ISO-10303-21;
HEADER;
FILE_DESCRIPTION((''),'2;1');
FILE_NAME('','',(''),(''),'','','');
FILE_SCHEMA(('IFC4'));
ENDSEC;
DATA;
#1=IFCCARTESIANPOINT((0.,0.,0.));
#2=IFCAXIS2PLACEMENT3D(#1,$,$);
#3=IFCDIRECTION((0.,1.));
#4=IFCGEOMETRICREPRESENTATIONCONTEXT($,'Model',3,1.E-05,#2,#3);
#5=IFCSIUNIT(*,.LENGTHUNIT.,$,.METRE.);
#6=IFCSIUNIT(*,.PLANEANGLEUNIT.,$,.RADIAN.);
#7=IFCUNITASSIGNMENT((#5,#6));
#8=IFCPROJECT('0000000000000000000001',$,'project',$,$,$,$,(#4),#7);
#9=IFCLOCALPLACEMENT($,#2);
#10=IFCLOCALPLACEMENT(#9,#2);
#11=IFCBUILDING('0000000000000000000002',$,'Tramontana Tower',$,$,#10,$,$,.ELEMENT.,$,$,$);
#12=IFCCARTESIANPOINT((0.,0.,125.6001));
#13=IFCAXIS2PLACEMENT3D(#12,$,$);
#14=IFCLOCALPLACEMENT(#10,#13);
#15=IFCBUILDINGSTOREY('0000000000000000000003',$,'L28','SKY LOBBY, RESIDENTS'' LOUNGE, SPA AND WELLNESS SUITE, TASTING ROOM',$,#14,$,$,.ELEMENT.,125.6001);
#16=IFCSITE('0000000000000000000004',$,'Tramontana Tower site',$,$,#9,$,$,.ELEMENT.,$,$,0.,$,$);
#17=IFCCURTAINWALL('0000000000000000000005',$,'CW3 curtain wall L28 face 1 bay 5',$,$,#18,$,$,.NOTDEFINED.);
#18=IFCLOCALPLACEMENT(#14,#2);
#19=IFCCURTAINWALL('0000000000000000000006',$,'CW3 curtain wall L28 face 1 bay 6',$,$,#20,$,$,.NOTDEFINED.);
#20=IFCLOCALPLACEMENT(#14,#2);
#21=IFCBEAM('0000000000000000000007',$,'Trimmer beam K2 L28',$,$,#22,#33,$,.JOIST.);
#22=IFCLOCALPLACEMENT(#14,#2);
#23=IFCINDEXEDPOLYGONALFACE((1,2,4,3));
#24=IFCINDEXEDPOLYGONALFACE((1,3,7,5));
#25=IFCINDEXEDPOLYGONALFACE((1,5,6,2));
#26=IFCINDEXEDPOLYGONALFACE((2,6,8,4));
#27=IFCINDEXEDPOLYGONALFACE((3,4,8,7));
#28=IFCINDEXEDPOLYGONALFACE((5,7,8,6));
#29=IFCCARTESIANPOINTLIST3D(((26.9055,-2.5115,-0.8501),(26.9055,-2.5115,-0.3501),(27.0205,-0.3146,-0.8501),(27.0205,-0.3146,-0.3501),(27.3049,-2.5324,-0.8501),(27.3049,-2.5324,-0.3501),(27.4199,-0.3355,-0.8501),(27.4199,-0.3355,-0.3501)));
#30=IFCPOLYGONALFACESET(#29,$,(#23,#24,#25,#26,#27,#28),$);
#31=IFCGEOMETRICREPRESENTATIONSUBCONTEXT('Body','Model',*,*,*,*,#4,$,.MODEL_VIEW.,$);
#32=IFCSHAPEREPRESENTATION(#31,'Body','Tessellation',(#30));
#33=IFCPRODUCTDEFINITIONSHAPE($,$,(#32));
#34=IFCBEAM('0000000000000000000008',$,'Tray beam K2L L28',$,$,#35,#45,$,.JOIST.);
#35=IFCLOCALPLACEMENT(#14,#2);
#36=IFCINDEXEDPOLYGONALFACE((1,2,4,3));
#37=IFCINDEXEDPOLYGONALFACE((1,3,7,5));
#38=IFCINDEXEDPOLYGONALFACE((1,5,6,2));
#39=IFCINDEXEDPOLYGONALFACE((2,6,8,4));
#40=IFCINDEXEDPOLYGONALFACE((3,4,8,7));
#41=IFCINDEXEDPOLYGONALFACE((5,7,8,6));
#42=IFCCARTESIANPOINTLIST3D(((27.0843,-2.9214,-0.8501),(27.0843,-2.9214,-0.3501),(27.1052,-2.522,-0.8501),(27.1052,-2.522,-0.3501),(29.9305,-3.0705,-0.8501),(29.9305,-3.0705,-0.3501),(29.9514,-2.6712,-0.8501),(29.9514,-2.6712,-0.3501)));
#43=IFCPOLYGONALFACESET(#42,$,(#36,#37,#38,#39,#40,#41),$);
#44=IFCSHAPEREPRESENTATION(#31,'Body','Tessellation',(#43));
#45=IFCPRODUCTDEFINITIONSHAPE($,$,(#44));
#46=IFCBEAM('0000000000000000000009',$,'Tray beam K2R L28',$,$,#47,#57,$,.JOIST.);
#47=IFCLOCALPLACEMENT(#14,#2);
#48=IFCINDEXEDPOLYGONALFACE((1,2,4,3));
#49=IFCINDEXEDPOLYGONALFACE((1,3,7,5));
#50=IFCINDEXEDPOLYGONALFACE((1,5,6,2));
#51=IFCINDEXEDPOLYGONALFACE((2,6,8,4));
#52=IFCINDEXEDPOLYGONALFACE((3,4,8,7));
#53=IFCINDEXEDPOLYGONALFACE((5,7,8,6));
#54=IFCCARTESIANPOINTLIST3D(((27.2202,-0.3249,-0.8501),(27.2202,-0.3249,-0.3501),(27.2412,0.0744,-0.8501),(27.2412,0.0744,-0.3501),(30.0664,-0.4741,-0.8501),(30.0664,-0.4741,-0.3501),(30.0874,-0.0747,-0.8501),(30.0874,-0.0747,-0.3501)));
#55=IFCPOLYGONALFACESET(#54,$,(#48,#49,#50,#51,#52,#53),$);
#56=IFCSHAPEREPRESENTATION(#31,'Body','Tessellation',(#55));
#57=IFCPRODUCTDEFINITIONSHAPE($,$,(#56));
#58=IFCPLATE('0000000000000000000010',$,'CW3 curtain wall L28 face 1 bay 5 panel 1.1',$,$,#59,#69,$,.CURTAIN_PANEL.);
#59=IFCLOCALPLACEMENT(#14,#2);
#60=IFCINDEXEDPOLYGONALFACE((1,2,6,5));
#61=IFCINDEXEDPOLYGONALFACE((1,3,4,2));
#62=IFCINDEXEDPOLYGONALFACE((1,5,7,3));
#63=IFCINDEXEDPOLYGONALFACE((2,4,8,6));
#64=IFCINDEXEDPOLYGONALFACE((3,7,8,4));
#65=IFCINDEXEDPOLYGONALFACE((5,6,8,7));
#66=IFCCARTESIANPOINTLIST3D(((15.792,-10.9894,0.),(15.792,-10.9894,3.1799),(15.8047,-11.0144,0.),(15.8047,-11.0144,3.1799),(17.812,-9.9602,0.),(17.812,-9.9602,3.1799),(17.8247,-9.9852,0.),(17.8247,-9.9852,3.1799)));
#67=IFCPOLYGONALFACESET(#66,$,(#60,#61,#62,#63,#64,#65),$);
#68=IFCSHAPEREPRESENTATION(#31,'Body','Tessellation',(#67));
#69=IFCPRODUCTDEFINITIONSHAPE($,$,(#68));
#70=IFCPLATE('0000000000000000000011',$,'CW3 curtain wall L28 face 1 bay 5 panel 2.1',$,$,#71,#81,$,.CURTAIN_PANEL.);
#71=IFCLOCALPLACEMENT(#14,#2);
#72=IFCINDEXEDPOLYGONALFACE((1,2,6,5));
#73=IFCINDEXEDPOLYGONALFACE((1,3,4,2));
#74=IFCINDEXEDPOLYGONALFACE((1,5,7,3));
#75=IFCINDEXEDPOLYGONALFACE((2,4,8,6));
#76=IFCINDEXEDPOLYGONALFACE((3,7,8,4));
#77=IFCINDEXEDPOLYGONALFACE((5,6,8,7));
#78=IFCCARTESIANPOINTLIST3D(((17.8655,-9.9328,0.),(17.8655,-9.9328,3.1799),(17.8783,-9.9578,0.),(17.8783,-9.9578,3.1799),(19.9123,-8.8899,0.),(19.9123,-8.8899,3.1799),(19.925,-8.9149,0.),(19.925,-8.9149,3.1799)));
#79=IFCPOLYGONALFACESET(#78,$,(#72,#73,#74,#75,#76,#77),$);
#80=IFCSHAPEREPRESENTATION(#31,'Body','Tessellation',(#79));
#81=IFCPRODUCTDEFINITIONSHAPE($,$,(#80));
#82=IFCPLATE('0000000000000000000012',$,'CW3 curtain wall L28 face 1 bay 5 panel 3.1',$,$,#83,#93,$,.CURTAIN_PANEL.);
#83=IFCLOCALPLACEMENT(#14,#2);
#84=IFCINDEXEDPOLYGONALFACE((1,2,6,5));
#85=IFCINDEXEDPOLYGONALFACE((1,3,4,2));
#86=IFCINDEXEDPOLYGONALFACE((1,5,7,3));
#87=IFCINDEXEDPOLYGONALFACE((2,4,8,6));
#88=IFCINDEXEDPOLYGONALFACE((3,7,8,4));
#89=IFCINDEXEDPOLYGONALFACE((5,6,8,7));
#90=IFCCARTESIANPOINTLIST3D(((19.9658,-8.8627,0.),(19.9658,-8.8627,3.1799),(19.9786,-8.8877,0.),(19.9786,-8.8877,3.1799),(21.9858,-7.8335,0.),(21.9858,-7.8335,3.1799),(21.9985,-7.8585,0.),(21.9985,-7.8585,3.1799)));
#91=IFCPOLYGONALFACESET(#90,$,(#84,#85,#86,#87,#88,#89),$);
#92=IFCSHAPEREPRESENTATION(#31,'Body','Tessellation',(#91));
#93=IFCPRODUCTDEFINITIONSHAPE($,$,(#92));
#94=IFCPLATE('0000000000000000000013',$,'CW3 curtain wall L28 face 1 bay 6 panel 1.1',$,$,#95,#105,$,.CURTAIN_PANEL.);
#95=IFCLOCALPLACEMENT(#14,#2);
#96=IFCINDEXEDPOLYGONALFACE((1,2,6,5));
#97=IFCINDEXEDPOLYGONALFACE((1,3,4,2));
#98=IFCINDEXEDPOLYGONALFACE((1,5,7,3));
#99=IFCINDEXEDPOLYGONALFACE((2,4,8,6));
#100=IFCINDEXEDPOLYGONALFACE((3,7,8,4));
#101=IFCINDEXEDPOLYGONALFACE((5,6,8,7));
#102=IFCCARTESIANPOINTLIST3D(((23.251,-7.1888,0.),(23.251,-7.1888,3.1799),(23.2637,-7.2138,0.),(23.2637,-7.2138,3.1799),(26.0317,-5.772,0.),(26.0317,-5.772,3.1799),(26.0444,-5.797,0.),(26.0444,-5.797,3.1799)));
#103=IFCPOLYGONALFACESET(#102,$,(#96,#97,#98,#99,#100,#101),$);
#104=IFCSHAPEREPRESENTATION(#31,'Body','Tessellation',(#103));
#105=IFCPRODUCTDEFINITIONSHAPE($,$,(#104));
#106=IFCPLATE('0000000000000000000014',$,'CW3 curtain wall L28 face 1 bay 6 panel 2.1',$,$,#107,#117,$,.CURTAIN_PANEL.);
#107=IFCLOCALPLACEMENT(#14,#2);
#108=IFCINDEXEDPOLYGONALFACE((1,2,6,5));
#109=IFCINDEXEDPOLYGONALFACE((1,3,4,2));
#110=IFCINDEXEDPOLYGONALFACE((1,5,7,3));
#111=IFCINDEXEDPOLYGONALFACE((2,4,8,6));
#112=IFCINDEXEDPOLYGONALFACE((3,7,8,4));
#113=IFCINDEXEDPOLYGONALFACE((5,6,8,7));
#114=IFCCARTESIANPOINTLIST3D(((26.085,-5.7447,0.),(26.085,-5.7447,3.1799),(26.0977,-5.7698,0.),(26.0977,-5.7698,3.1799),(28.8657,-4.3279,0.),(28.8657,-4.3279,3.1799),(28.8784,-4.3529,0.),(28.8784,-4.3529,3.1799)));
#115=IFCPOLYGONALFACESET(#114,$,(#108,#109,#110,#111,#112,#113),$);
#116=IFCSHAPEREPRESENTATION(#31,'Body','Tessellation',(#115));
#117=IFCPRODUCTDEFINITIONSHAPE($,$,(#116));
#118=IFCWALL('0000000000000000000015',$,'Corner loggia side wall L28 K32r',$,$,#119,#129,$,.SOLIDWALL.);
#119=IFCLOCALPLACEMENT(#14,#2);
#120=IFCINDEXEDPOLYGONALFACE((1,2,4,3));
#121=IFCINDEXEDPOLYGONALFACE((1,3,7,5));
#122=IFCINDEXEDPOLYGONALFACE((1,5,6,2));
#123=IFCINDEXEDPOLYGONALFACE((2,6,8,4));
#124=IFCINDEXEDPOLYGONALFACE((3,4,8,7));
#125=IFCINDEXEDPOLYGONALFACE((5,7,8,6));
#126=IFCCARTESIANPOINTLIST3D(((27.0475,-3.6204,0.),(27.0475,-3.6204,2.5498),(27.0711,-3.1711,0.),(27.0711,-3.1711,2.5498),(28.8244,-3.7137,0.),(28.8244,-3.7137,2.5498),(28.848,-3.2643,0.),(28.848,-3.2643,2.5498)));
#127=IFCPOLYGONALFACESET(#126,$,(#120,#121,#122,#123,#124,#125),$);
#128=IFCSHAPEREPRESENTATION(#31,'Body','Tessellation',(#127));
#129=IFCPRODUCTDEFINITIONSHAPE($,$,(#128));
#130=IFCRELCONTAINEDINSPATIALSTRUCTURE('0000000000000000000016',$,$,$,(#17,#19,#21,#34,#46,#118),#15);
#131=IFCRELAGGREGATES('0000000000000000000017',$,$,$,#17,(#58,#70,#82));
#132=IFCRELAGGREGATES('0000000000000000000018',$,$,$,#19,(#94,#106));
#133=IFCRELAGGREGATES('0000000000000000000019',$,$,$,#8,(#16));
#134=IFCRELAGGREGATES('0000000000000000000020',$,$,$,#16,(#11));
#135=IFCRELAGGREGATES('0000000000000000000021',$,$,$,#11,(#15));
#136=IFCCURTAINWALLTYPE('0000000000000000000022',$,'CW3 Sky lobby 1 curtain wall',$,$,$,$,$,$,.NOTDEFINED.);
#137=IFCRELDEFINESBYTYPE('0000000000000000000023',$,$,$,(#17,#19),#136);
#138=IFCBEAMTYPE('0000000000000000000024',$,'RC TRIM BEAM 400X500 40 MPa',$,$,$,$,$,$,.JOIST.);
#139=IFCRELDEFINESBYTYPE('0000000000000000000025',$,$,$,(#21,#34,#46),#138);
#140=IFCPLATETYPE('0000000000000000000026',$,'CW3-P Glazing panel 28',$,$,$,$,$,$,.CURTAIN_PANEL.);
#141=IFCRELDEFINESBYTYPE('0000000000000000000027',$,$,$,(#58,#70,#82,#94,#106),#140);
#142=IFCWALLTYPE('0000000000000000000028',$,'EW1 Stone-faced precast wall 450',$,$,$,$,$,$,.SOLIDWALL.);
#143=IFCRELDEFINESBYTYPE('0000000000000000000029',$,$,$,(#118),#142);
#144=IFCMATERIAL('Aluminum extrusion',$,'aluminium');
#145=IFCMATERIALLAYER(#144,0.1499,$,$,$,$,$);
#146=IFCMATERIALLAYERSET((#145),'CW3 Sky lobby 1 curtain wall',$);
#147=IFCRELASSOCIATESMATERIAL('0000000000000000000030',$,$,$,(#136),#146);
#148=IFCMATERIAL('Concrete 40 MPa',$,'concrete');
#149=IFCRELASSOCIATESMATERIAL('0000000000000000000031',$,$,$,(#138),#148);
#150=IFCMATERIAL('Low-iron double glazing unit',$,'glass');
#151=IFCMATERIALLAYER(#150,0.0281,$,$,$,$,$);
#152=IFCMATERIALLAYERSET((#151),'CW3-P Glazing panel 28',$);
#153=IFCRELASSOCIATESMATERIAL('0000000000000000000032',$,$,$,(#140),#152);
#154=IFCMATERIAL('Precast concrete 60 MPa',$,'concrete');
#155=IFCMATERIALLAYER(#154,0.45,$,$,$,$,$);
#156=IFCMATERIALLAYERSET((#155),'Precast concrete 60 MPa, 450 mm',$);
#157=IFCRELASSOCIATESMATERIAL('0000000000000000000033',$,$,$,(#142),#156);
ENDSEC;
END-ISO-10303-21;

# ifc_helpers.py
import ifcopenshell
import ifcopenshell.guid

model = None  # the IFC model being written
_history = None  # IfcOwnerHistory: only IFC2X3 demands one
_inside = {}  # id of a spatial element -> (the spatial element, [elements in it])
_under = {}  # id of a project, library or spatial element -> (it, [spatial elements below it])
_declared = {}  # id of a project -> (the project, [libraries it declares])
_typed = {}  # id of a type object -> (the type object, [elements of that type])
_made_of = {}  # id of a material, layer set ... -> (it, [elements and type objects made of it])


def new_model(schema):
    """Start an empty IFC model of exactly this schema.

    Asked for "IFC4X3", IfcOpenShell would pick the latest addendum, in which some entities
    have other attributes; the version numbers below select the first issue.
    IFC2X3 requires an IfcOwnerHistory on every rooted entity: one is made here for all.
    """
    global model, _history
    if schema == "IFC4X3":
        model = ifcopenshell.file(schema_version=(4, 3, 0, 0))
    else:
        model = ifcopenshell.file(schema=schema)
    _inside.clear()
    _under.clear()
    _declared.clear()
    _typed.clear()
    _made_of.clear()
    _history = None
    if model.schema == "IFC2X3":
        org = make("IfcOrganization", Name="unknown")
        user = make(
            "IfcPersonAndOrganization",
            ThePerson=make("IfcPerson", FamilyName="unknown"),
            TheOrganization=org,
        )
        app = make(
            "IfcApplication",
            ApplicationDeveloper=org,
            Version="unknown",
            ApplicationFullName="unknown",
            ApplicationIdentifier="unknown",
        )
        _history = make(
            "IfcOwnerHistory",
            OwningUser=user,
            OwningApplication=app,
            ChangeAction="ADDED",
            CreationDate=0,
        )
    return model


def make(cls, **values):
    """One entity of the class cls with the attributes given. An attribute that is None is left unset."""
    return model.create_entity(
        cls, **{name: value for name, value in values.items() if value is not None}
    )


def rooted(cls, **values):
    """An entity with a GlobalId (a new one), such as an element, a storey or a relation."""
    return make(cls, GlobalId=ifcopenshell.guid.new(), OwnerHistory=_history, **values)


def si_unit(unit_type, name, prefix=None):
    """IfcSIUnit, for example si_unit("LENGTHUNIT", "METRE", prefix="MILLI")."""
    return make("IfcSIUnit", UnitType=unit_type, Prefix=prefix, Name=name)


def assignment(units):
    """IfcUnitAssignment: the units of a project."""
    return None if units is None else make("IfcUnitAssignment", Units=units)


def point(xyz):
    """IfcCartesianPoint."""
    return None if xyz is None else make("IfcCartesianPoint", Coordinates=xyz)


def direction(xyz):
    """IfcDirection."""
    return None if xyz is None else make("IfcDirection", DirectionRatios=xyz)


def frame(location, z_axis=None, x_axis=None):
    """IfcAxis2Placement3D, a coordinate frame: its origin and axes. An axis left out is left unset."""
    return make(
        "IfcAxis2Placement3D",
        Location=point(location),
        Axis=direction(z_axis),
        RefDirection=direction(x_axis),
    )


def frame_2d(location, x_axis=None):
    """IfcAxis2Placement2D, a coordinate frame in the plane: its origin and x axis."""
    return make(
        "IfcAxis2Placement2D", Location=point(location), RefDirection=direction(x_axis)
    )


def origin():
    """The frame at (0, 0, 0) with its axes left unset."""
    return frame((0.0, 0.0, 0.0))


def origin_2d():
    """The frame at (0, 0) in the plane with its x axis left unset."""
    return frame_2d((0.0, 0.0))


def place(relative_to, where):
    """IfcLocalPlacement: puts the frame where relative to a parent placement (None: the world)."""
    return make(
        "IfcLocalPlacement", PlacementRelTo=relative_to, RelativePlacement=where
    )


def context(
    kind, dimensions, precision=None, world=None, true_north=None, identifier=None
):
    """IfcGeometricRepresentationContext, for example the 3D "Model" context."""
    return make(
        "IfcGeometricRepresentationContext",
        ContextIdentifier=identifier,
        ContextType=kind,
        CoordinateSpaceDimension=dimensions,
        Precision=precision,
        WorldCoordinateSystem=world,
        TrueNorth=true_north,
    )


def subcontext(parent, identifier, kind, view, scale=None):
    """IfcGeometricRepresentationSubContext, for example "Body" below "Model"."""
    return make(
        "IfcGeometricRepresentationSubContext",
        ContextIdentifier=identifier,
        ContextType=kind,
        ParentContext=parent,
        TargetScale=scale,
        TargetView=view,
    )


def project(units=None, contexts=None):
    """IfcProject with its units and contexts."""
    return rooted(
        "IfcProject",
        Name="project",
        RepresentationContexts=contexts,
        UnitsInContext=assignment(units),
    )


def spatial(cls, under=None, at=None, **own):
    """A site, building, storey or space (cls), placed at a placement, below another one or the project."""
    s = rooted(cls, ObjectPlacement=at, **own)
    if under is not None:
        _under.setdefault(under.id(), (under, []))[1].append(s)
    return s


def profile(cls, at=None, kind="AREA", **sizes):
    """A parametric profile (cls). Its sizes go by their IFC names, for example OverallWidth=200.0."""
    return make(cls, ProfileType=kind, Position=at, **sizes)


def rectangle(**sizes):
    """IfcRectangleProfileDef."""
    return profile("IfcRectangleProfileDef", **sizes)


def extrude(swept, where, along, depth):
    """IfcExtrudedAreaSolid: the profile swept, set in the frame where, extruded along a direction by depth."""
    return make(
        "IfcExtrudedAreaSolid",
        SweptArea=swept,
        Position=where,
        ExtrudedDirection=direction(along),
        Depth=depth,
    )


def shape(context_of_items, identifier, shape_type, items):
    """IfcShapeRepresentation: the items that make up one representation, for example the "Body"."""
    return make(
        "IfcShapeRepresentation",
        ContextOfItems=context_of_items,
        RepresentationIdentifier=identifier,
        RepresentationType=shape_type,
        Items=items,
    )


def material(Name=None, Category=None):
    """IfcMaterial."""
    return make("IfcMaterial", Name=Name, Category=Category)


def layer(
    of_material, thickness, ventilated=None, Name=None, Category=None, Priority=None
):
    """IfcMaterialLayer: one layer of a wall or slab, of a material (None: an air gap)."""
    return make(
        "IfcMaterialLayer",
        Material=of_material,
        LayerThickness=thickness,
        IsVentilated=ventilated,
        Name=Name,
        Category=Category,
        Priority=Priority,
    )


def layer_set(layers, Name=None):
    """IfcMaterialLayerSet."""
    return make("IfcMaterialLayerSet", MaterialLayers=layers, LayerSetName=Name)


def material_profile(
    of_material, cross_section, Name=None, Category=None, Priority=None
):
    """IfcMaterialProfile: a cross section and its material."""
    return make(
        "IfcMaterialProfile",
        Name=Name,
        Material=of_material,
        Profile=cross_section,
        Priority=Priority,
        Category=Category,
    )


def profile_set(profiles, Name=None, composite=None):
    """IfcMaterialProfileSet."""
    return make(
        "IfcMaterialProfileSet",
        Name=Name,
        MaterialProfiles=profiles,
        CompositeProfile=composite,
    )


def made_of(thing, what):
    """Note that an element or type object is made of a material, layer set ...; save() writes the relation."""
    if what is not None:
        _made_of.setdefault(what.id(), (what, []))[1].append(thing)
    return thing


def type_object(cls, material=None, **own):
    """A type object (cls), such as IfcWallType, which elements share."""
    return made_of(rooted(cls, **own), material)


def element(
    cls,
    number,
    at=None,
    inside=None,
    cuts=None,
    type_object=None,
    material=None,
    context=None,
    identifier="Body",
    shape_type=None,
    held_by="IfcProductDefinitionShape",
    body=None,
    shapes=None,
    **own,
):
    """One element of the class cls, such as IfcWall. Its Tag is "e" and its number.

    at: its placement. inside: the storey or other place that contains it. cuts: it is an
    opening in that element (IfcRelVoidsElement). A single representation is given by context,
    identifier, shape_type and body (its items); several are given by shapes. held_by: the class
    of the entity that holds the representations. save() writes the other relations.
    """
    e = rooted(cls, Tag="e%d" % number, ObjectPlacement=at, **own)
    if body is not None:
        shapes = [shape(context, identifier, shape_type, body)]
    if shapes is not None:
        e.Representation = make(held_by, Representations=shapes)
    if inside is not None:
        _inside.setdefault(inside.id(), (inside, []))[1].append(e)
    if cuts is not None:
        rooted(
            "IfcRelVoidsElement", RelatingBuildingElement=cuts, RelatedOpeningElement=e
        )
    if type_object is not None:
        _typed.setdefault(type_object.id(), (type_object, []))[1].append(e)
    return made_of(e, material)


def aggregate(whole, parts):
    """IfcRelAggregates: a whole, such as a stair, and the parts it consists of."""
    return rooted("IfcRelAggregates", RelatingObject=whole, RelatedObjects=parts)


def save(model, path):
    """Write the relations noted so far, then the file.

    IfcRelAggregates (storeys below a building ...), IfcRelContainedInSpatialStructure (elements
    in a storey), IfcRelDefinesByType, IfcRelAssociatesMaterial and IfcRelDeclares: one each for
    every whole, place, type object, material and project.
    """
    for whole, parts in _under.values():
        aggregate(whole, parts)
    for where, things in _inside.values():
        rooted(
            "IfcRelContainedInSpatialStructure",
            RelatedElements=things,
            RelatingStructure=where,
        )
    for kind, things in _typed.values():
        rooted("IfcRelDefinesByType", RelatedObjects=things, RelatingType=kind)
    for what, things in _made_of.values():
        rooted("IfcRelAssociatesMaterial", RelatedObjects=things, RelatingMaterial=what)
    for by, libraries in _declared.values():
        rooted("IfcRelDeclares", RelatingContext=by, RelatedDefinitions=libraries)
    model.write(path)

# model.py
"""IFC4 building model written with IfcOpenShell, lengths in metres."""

from ifc_helpers import new_model, si_unit, direction, frame, frame_2d, origin, origin_2d, place, context, subcontext, project, spatial, rectangle, extrude, material, layer, layer_set, material_profile, profile_set, type_object, element, aggregate, save


model = new_model("IFC4")

# Units and contexts
model_context = context("Model", 3, precision=1e-05, world=origin(), true_north=direction((0.0, 1.0)))
body_context = subcontext(model_context, "Body", "Model", "MODEL_VIEW")
ifc_project = project(units=[si_unit("LENGTHUNIT", "METRE"), si_unit("PLANEANGLEUNIT", "RADIAN")], contexts=[model_context])

# Site, building, storey
site_placement = place(None, origin())
site = spatial("IfcSite", under=ifc_project, at=site_placement, Name="Tramontana Tower site", CompositionType="ELEMENT", RefElevation=0.0)
building_placement = place(site_placement, origin())
building = spatial("IfcBuilding", under=site, at=building_placement, Name="Tramontana Tower", CompositionType="ELEMENT")
storey_placement = place(building_placement, frame((0.0, 0.0, 125.6001)))
storey = spatial("IfcBuildingStorey", under=building, at=storey_placement, Name="L28", Description="SKY LOBBY, RESIDENTS' LOUNGE, SPA AND WELLNESS SUITE, TASTING ROOM", CompositionType="ELEMENT", Elevation=125.6001)

# Curtain walls
ifc_material_1 = material(Name="Aluminum extrusion", Category="aluminium")
ifc_layer_1 = layer(ifc_material_1, 0.1499)
ifc_layer_set_1 = layer_set([ifc_layer_1], Name="CW3 Sky lobby 1 curtain wall")
curtain_wall_type = type_object("IfcCurtainWallType", Name="CW3 Sky lobby 1 curtain wall", PredefinedType="NOTDEFINED", material=ifc_layer_set_1)
curtain_wall_1_placement = place(storey_placement, origin())
curtain_wall_1 = element("IfcCurtainWall", 1, at=curtain_wall_1_placement, inside=storey, type_object=curtain_wall_type, Name="CW3 curtain wall L28 face 1 bay 5", PredefinedType="NOTDEFINED")
curtain_wall_2_placement = place(storey_placement, origin())
curtain_wall_2 = element("IfcCurtainWall", 2, at=curtain_wall_2_placement, inside=storey, type_object=curtain_wall_type, Name="CW3 curtain wall L28 face 1 bay 6", PredefinedType="NOTDEFINED")

# Beams
ifc_material_2 = material(Name="Concrete 40 MPa", Category="concrete")
ifc_material_profile_1 = material_profile(ifc_material_2, rectangle(XDim=0.3999, YDim=0.5, at=origin_2d()), Name="RC TRIM BEAM 400X500 40 MPa")
ifc_profile_set_1 = profile_set([ifc_material_profile_1], Name="Concrete 40 MPa")
beam_type_1 = type_object("IfcBeamType", Name="RC TRIM BEAM 400X500 40 MPa", PredefinedType="JOIST", material=ifc_profile_set_1)
beam_1_placement = place(storey_placement, frame((27.1052, -2.522, -0.6001), z_axis=(0.052268, 0.998633, 0.0), x_axis=(-0.998633, 0.052268, 0.0)))
element("IfcBeam", 3, at=beam_1_placement, inside=storey, type_object=beam_type_1, Name="Trimmer beam K2 L28", PredefinedType="JOIST", context=body_context, shape_type="SweptSolid", body=[
    extrude(rectangle(XDim=0.3999, YDim=0.5, at=origin_2d()), origin(), (0.0, 0.0, 1.0), 2.2),
])
for number, where, z_axis, x_axis, name in (
    (4, (29.9409, -2.8708, -0.6001), (-0.998629, 0.052339, 0.0), (-0.052339, -0.998629, 0.0), "Tray beam K2L L28"),
    (5, (30.0769, -0.2744, -0.6001), (-0.998629, 0.052339, 0.0), (-0.052339, -0.998629, 0.0), "Tray beam K2R L28"),
):
    element("IfcBeam", number, at=place(storey_placement, frame(where, z_axis=z_axis, x_axis=x_axis)), inside=storey, type_object=beam_type_1, Name=name, PredefinedType="JOIST", context=body_context, shape_type="SweptSolid", body=[
        extrude(rectangle(XDim=0.3999, YDim=0.5, at=origin_2d()), origin(), (0.0, 0.0, 1.0), 2.8501),
    ])

# Plates
ifc_material_3 = material(Name="Low-iron double glazing unit", Category="glass")
ifc_layer_2 = layer(ifc_material_3, 0.0281)
ifc_layer_set_2 = layer_set([ifc_layer_2], Name="CW3-P Glazing panel 28")
plate_type = type_object("IfcPlateType", Name="CW3-P Glazing panel 28", PredefinedType="CURTAIN_PANEL", material=ifc_layer_set_2)
plate_1_placement = place(storey_placement, frame((16.8083, -10.4873, 0.0), z_axis=(0.0, 0.0, 1.0), x_axis=(0.891007, 0.45399, 0.0)))
plate_1 = element("IfcPlate", 6, at=plate_1_placement, type_object=plate_type, Name="CW3 curtain wall L28 face 1 bay 5 panel 1.1", PredefinedType="CURTAIN_PANEL", context=body_context, shape_type="SweptSolid", body=[
    extrude(rectangle(XDim=2.2671, YDim=0.0281, at=origin_2d()), origin(), (0.0, 0.0, 1.0), 3.1799),
])
plate_2_placement = place(storey_placement, frame((18.8953, -9.4238, 0.0), z_axis=(0.0, 0.0, 1.0), x_axis=(0.891007, 0.45399, 0.0)))
plate_2 = element("IfcPlate", 7, at=plate_2_placement, type_object=plate_type, Name="CW3 curtain wall L28 face 1 bay 5 panel 2.1", PredefinedType="CURTAIN_PANEL", context=body_context, shape_type="SweptSolid", body=[
    extrude(rectangle(XDim=2.2971, YDim=0.0281, at=origin_2d()), origin(), (0.0, 0.0, 1.0), 3.1799),
])
plate_3_placement = place(storey_placement, frame((20.9822, -8.3606, 0.0), z_axis=(0.0, 0.0, 1.0), x_axis=(0.891007, 0.45399, 0.0)))
plate_3 = element("IfcPlate", 8, at=plate_3_placement, type_object=plate_type, Name="CW3 curtain wall L28 face 1 bay 5 panel 3.1", PredefinedType="CURTAIN_PANEL", context=body_context, shape_type="SweptSolid", body=[
    extrude(rectangle(XDim=2.2671, YDim=0.0281, at=origin_2d()), origin(), (0.0, 0.0, 1.0), 3.1799),
])
aggregate(curtain_wall_1, [plate_1, plate_2, plate_3])
plate_4_placement = place(storey_placement, frame((24.6477, -6.4929, 0.0), z_axis=(0.0, 0.0, 1.0), x_axis=(0.891007, 0.45399, 0.0)))
plate_4 = element("IfcPlate", 9, at=plate_4_placement, type_object=plate_type, Name="CW3 curtain wall L28 face 1 bay 6 panel 1.1", PredefinedType="CURTAIN_PANEL", context=body_context, shape_type="SweptSolid", body=[
    extrude(rectangle(XDim=3.1208, YDim=0.0281, at=origin_2d()), origin(), (0.0, 0.0, 1.0), 3.1799),
])
plate_5_placement = place(storey_placement, frame((27.4817, -5.0488, 0.0), z_axis=(0.0, 0.0, 1.0), x_axis=(0.891007, 0.45399, 0.0)))
plate_5 = element("IfcPlate", 10, at=plate_5_placement, type_object=plate_type, Name="CW3 curtain wall L28 face 1 bay 6 panel 2.1", PredefinedType="CURTAIN_PANEL", context=body_context, shape_type="SweptSolid", body=[
    extrude(rectangle(XDim=3.1208, YDim=0.0281, at=origin_2d()), origin(), (0.0, 0.0, 1.0), 3.1799),
])
aggregate(curtain_wall_2, [plate_4, plate_5])

# Wall
ifc_material_4 = material(Name="Precast concrete 60 MPa", Category="concrete")
ifc_layer_3 = layer(ifc_material_4, 0.45)
ifc_layer_set_3 = layer_set([ifc_layer_3], Name="Precast concrete 60 MPa, 450 mm")
wall_type = type_object("IfcWallType", Name="EW1 Stone-faced precast wall 450", PredefinedType="SOLIDWALL", material=ifc_layer_set_3)
wall_placement = place(storey_placement, frame((28.8362, -3.489, 0.0), z_axis=(0.0, 0.0, 1.0), x_axis=(-0.998625, 0.052415, 0.0)))
element("IfcWall", 11, at=wall_placement, inside=storey, type_object=wall_type, Name="Corner loggia side wall L28 K32r", PredefinedType="SOLIDWALL", context=body_context, shape_type="SweptSolid", body=[
    extrude(rectangle(XDim=1.7793, YDim=0.45, at=frame_2d((0.8896, 0.0))), origin(), (0.0, 0.0, 1.0), 2.5498),
])

save(model, "model.ifc")
